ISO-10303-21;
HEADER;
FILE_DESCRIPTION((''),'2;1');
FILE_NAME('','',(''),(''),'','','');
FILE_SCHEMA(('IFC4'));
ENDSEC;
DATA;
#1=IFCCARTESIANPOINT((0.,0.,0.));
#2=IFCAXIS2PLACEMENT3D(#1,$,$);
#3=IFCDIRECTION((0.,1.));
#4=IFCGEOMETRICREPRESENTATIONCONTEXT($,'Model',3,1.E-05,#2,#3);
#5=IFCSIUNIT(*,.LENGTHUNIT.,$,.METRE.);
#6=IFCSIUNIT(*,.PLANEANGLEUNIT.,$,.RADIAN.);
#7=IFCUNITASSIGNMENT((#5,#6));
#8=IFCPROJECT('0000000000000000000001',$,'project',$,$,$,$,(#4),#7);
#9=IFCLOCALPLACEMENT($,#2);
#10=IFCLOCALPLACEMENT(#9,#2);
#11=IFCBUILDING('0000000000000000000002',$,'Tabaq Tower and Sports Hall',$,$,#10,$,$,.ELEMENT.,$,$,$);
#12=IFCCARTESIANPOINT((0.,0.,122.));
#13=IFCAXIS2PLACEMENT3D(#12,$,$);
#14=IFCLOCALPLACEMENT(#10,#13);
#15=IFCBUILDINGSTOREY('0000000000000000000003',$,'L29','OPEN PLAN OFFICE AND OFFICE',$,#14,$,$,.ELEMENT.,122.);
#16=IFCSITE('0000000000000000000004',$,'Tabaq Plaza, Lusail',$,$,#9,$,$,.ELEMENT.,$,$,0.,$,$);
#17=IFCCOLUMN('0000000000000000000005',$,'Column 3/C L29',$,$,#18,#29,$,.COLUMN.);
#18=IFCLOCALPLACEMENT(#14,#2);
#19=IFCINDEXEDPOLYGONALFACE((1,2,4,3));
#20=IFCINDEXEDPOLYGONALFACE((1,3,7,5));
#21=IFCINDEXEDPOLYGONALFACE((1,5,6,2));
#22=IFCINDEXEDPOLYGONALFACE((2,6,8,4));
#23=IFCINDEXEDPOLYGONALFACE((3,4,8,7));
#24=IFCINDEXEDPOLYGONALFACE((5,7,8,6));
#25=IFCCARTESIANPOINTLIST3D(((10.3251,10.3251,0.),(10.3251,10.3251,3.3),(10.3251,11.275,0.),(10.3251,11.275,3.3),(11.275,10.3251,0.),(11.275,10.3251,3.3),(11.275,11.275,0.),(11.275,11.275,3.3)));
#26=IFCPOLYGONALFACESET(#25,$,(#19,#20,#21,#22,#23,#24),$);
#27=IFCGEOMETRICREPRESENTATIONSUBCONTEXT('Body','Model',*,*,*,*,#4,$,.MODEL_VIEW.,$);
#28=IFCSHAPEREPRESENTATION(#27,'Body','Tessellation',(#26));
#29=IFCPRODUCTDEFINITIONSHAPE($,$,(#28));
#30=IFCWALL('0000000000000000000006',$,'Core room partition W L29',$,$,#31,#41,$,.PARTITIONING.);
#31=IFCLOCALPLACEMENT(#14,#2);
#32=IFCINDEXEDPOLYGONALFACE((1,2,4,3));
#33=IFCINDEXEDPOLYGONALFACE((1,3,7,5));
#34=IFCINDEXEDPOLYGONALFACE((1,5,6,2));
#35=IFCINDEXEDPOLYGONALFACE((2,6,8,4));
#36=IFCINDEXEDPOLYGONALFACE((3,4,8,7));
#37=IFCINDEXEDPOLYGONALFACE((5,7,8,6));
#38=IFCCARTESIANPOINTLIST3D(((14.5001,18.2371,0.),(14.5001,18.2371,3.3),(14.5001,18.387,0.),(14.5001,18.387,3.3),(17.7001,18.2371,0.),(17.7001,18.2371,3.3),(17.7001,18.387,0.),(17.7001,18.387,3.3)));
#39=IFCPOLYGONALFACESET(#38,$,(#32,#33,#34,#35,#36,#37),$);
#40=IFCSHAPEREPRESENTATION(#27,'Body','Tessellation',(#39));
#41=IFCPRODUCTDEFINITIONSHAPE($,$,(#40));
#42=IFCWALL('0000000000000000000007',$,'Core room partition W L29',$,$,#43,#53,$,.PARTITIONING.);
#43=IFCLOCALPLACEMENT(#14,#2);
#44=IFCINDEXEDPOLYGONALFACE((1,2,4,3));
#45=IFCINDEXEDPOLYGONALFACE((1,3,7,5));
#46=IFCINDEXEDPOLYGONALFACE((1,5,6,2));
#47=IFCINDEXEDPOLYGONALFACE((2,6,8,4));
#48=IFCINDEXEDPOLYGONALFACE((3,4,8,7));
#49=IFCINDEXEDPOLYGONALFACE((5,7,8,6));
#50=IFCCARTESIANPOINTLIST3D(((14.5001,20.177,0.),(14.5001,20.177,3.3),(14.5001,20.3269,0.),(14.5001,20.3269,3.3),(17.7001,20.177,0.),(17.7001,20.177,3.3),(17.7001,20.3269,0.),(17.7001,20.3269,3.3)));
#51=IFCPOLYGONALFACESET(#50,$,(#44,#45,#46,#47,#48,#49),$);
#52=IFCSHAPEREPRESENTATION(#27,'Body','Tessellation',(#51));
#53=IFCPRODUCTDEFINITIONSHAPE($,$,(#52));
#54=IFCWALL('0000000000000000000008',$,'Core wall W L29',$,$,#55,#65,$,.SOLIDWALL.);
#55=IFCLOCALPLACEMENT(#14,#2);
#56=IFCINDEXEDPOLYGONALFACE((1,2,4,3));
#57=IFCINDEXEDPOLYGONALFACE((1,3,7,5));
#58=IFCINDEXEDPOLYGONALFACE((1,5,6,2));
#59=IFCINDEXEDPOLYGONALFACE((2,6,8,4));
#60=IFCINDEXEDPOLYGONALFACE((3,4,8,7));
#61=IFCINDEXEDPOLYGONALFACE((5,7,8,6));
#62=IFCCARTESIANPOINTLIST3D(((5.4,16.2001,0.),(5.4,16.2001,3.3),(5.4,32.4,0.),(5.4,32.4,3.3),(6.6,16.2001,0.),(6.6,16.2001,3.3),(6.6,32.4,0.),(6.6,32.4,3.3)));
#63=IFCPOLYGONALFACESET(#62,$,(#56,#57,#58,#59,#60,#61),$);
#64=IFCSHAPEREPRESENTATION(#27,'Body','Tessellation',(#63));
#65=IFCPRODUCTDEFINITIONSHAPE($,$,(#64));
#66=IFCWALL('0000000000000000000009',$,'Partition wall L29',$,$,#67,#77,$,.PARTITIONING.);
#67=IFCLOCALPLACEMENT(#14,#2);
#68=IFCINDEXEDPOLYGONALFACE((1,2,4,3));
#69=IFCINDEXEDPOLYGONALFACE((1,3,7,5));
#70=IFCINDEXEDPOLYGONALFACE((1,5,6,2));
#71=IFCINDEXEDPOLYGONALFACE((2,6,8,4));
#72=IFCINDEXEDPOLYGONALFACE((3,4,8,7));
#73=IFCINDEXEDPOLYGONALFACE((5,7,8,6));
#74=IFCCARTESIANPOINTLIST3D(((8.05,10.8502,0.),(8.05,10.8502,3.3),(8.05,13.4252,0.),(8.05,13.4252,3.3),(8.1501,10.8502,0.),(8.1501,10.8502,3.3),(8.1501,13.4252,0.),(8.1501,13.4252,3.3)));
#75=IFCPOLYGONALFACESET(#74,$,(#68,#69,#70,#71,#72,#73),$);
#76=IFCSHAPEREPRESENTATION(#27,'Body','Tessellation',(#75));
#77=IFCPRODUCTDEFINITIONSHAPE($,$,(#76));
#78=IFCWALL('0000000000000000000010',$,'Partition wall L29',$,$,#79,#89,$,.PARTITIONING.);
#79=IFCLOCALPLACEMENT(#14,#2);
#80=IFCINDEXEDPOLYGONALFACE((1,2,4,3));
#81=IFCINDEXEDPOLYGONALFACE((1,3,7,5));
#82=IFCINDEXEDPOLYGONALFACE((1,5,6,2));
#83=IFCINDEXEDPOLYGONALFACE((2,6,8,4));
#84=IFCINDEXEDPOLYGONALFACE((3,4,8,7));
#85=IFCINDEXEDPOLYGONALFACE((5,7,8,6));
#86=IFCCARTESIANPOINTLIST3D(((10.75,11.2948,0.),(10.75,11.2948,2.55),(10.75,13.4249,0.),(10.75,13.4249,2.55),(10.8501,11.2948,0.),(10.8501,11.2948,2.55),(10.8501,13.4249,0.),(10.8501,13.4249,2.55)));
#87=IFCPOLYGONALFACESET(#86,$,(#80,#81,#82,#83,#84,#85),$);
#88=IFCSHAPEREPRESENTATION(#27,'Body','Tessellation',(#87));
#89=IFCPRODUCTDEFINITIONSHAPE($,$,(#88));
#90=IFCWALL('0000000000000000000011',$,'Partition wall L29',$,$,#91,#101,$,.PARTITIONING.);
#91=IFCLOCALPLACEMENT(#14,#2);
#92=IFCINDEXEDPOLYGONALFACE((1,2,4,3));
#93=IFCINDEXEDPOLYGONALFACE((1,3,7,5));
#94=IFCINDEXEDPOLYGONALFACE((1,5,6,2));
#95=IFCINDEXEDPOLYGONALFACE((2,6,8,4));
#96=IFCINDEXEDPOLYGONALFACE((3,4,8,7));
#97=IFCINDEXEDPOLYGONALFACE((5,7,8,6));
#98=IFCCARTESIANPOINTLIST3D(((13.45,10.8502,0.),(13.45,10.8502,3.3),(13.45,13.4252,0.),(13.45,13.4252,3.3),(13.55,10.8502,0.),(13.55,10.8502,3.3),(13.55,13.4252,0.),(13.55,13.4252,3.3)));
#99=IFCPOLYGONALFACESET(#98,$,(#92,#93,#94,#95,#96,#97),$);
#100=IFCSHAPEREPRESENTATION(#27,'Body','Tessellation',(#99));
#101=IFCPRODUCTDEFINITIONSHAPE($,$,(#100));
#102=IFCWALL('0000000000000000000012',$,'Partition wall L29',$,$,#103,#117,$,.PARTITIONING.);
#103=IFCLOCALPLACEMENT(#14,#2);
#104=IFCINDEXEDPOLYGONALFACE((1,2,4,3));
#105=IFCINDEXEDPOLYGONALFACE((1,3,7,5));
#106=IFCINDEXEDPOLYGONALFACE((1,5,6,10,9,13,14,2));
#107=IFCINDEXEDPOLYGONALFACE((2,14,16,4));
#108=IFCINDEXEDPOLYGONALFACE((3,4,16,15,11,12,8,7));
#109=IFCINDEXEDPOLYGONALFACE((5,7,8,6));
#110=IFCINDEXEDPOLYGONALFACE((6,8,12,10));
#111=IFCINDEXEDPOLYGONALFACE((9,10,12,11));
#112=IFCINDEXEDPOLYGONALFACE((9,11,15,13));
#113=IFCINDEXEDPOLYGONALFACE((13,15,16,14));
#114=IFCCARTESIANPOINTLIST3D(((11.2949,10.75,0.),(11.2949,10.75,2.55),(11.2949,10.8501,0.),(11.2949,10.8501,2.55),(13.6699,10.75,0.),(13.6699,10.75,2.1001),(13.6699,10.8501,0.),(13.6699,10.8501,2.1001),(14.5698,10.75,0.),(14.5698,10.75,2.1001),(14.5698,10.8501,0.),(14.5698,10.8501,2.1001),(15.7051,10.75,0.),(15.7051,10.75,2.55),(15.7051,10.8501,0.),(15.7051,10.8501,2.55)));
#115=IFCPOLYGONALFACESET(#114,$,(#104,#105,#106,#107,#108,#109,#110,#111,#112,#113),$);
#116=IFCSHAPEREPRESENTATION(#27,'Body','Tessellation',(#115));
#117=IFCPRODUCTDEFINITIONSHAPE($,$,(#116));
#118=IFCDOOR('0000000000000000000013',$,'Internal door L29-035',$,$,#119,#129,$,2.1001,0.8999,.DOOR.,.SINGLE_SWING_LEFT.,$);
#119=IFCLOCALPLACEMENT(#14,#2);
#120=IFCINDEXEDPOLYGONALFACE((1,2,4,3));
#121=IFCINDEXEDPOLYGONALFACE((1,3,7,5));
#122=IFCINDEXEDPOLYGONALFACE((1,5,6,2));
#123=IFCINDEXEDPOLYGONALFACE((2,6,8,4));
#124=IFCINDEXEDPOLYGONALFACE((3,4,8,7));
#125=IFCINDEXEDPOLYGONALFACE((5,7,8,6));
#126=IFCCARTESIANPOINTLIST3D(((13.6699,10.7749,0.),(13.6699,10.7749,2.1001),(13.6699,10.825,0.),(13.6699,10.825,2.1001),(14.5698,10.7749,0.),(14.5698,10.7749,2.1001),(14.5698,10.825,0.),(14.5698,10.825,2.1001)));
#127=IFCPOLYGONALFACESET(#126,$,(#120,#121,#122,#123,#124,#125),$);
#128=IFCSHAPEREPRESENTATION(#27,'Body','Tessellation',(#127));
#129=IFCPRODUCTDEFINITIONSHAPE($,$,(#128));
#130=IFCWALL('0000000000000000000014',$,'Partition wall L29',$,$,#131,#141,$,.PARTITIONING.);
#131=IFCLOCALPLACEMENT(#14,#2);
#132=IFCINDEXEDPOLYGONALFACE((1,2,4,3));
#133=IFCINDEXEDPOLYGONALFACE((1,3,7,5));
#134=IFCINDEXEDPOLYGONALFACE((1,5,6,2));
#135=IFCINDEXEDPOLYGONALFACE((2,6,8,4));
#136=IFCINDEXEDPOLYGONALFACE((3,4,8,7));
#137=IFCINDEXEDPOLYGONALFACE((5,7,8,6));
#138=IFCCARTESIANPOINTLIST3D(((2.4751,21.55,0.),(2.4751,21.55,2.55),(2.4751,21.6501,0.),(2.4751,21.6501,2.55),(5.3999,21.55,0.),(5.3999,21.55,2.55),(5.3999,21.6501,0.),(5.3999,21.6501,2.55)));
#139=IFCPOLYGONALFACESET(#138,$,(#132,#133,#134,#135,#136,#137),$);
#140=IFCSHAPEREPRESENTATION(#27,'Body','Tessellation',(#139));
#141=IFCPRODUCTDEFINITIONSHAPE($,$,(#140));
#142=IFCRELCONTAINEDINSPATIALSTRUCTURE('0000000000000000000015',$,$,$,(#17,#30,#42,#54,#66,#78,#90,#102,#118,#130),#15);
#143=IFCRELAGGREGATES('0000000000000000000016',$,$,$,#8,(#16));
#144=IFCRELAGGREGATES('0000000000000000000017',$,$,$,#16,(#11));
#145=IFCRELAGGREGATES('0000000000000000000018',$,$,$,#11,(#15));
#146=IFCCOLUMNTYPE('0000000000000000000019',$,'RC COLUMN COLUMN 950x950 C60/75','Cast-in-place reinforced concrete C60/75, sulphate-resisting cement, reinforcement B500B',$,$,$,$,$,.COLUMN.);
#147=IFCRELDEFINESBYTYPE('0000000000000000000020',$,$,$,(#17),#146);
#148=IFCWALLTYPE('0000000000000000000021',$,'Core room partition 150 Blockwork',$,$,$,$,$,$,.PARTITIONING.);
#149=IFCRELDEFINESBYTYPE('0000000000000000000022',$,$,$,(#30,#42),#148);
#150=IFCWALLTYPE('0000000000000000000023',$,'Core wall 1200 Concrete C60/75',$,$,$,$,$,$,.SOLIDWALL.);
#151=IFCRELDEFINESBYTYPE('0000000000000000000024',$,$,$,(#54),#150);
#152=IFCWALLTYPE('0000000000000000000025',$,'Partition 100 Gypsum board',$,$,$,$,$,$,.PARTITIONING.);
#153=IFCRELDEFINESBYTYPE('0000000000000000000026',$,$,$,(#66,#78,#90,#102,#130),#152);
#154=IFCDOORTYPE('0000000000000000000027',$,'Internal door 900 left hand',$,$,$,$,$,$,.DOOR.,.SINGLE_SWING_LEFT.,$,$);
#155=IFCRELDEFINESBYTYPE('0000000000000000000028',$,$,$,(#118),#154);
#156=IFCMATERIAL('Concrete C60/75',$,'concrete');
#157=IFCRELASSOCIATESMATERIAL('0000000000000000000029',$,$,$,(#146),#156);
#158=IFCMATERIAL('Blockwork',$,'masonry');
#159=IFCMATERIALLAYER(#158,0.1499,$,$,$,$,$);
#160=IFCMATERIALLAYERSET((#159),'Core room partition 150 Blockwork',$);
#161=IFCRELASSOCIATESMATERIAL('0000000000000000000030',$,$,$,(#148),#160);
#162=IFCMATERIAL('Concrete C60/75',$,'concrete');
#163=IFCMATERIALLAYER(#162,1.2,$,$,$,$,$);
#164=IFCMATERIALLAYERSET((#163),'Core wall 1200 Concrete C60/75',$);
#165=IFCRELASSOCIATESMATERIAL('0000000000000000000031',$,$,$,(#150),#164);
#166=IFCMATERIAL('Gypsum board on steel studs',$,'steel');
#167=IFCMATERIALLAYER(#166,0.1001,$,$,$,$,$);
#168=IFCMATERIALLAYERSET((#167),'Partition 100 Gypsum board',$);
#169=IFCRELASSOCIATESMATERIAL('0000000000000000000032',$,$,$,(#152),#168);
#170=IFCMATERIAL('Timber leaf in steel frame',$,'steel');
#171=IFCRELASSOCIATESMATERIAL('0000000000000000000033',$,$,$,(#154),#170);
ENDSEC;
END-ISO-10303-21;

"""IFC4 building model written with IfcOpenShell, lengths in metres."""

from ifc_helpers import new_model, si_unit, direction, frame, frame_2d, origin, origin_2d, place, context, subcontext, project, spatial, rectangle, extrude, material, layer, layer_set, material_profile, profile_set, type_object, element, fill, save


model = new_model("IFC4")

# Units and contexts
model_context = context("Model", 3, precision=1e-05, world=origin(), true_north=direction((0.0, 1.0)))
body_context = subcontext(model_context, "Body", "Model", "MODEL_VIEW")
ifc_project = project(units=[si_unit("LENGTHUNIT", "METRE"), si_unit("PLANEANGLEUNIT", "RADIAN")], contexts=[model_context])

# Site, building, storey
site_placement = place(None, origin())
site = spatial("IfcSite", under=ifc_project, at=site_placement, Name="Tabaq Plaza, Lusail", CompositionType="ELEMENT", RefElevation=0.0)
building_placement = place(site_placement, origin())
building = spatial("IfcBuilding", under=site, at=building_placement, Name="Tabaq Tower and Sports Hall", CompositionType="ELEMENT")
storey_placement = place(building_placement, frame((0.0, 0.0, 122.0)))
storey = spatial("IfcBuildingStorey", under=building, at=storey_placement, Name="L29", Description="OPEN PLAN OFFICE AND OFFICE", CompositionType="ELEMENT", Elevation=122.0)

# Column
ifc_material_1 = material(Name="Concrete C60/75", Category="concrete")
ifc_material_profile = material_profile(ifc_material_1, rectangle(XDim=0.95, YDim=0.95, at=origin_2d()), Name="COLUMN 950x950")
ifc_profile_set = profile_set([ifc_material_profile], Name="Concrete C60/75")
column_type = type_object("IfcColumnType", Name="RC COLUMN COLUMN 950x950 C60/75", Description="Cast-in-place reinforced concrete C60/75, sulphate-resisting cement, reinforcement B500B", PredefinedType="COLUMN", material=ifc_profile_set)
column_placement = place(storey_placement, frame((10.8, 10.8, 0.0), z_axis=(0.0, 0.0, 1.0), x_axis=(1.0, 0.0, 0.0)))
element("IfcColumn", 1, at=column_placement, inside=storey, type_object=column_type, Name="Column 3/C L29", PredefinedType="COLUMN", context=body_context, shape_type="SweptSolid", body=[
    extrude(rectangle(XDim=0.95, YDim=0.95, at=origin_2d()), origin(), (0.0, 0.0, 1.0), 3.3),
])

# Walls
ifc_material_2 = material(Name="Blockwork", Category="masonry")
ifc_layer_1 = layer(ifc_material_2, 0.1499)
ifc_layer_set_1 = layer_set([ifc_layer_1], Name="Core room partition 150 Blockwork")
wall_type_1 = type_object("IfcWallType", Name="Core room partition 150 Blockwork", PredefinedType="PARTITIONING", material=ifc_layer_set_1)
for number, where, z_axis, x_axis, name in (
    (2, (14.5, 18.312, 0.0), (0.0, 0.0, 1.0), (1.0, 0.0, 0.0), "Core room partition W L29"),
    (3, (14.5, 20.252, 0.0), (0.0, 0.0, 1.0), (1.0, 0.0, 0.0), "Core room partition W L29"),
):
    element("IfcWall", number, at=place(storey_placement, frame(where, z_axis=z_axis, x_axis=x_axis)), inside=storey, type_object=wall_type_1, Name=name, PredefinedType="PARTITIONING", context=body_context, shape_type="SweptSolid", body=[
        extrude(rectangle(XDim=3.2, YDim=0.1499, at=frame_2d((1.6001, 0.0))), origin(), (0.0, 0.0, 1.0), 3.3),
    ])
ifc_material_3 = material(Name="Concrete C60/75", Category="concrete")
ifc_layer_2 = layer(ifc_material_3, 1.2)
ifc_layer_set_2 = layer_set([ifc_layer_2], Name="Core wall 1200 Concrete C60/75")
wall_type_2 = type_object("IfcWallType", Name="Core wall 1200 Concrete C60/75", PredefinedType="SOLIDWALL", material=ifc_layer_set_2)
wall_1_placement = place(storey_placement, frame((6.0, 16.2, 0.0), z_axis=(0.0, 0.0, 1.0), x_axis=(0.0, 1.0, 0.0)))
element("IfcWall", 4, at=wall_1_placement, inside=storey, type_object=wall_type_2, Name="Core wall W L29", PredefinedType="SOLIDWALL", context=body_context, shape_type="SweptSolid", body=[
    extrude(rectangle(XDim=16.2, YDim=1.2, at=frame_2d((8.1001, 0.0))), origin(), (0.0, 0.0, 1.0), 3.3),
])
ifc_material_4 = material(Name="Gypsum board on steel studs", Category="steel")
ifc_layer_3 = layer(ifc_material_4, 0.1001)
ifc_layer_set_3 = layer_set([ifc_layer_3], Name="Partition 100 Gypsum board")
wall_type_3 = type_object("IfcWallType", Name="Partition 100 Gypsum board", PredefinedType="PARTITIONING", material=ifc_layer_set_3)
wall_2_placement = place(storey_placement, frame((8.1001, 10.8501, 0.0), z_axis=(0.0, 0.0, 1.0), x_axis=(0.0, 1.0, 0.0)))
element("IfcWall", 5, at=wall_2_placement, inside=storey, type_object=wall_type_3, Name="Partition wall L29", PredefinedType="PARTITIONING", context=body_context, shape_type="SweptSolid", body=[
    extrude(rectangle(XDim=2.575, YDim=0.1001, at=frame_2d((1.2876, 0.0))), origin(), (0.0, 0.0, 1.0), 3.3),
])
wall_3_placement = place(storey_placement, frame((10.8, 11.2949, 0.0), z_axis=(0.0, 0.0, 1.0), x_axis=(0.0, 1.0, 0.0)))
element("IfcWall", 6, at=wall_3_placement, inside=storey, type_object=wall_type_3, Name="Partition wall L29", PredefinedType="PARTITIONING", context=body_context, shape_type="SweptSolid", body=[
    extrude(rectangle(XDim=2.1301, YDim=0.1001, at=frame_2d((1.0649, 0.0))), origin(), (0.0, 0.0, 1.0), 2.55),
])
wall_4_placement = place(storey_placement, frame((13.5, 10.8501, 0.0), z_axis=(0.0, 0.0, 1.0), x_axis=(0.0, 1.0, 0.0)))
element("IfcWall", 7, at=wall_4_placement, inside=storey, type_object=wall_type_3, Name="Partition wall L29", PredefinedType="PARTITIONING", context=body_context, shape_type="SweptSolid", body=[
    extrude(rectangle(XDim=2.575, YDim=0.1001, at=frame_2d((1.2876, 0.0))), origin(), (0.0, 0.0, 1.0), 3.3),
])

# Wall, opening, door
wall_5_placement = place(storey_placement, frame((11.2949, 10.8, 0.0), z_axis=(0.0, 0.0, 1.0), x_axis=(1.0, 0.0, 0.0)))
wall_5 = element("IfcWall", 8, at=wall_5_placement, inside=storey, type_object=wall_type_3, Name="Partition wall L29", PredefinedType="PARTITIONING", context=body_context, shape_type="SweptSolid", body=[
    extrude(rectangle(XDim=4.4102, YDim=0.1001, at=frame_2d((2.2051, 0.0))), origin(), (0.0, 0.0, 1.0), 2.55),
])
opening_1_placement = place(wall_5_placement, frame((2.375, 0.0, 0.0)))
opening_1 = element("IfcOpeningElement", 9, at=opening_1_placement, cuts=wall_5, PredefinedType="OPENING", context=body_context, shape_type="SweptSolid", body=[
    extrude(rectangle(XDim=0.8999, YDim=2.1001, at=frame_2d((0.45, 1.05))), frame((0.0, 0.05, 0.0), z_axis=(0.0, -1.0, 0.0), x_axis=(1.0, 0.0, 0.0)), (0.0, 0.0, 1.0), 0.1001),
])
ifc_material_5 = material(Name="Timber leaf in steel frame", Category="steel")
door_type_1 = type_object("IfcDoorType", Name="Internal door 900 left hand", OperationType="SINGLE_SWING_LEFT", PredefinedType="DOOR", material=ifc_material_5)
door_1_placement = place(opening_1_placement, origin())
door_1 = element("IfcDoor", 10, at=door_1_placement, inside=storey, type_object=door_type_1, Name="Internal door L29-035", OperationType="SINGLE_SWING_LEFT", OverallHeight=2.1001, OverallWidth=0.8999, PredefinedType="DOOR", context=body_context, shape_type="SweptSolid", body=[
    extrude(rectangle(XDim=0.8999, YDim=2.1001, at=frame_2d((0.45, 1.05))), frame((0.0, 0.0249, 0.0), z_axis=(0.0, -1.0, 0.0), x_axis=(1.0, 0.0, 0.0)), (0.0, 0.0, 1.0), 0.05),
])
fill(opening_1, door_1)

# Wall
wall_6_placement = place(storey_placement, frame((5.3999, 21.6001, 0.0), z_axis=(0.0, 0.0, 1.0), x_axis=(-1.0, 0.0, 0.0)))
element("IfcWall", 11, at=wall_6_placement, inside=storey, type_object=wall_type_3, Name="Partition wall L29", PredefinedType="PARTITIONING", context=body_context, shape_type="SweptSolid", body=[
    extrude(rectangle(XDim=2.9248, YDim=0.1001, at=frame_2d((1.4624, 0.0))), origin(), (0.0, 0.0, 1.0), 2.55),
])

save(model, "model.ifc")
